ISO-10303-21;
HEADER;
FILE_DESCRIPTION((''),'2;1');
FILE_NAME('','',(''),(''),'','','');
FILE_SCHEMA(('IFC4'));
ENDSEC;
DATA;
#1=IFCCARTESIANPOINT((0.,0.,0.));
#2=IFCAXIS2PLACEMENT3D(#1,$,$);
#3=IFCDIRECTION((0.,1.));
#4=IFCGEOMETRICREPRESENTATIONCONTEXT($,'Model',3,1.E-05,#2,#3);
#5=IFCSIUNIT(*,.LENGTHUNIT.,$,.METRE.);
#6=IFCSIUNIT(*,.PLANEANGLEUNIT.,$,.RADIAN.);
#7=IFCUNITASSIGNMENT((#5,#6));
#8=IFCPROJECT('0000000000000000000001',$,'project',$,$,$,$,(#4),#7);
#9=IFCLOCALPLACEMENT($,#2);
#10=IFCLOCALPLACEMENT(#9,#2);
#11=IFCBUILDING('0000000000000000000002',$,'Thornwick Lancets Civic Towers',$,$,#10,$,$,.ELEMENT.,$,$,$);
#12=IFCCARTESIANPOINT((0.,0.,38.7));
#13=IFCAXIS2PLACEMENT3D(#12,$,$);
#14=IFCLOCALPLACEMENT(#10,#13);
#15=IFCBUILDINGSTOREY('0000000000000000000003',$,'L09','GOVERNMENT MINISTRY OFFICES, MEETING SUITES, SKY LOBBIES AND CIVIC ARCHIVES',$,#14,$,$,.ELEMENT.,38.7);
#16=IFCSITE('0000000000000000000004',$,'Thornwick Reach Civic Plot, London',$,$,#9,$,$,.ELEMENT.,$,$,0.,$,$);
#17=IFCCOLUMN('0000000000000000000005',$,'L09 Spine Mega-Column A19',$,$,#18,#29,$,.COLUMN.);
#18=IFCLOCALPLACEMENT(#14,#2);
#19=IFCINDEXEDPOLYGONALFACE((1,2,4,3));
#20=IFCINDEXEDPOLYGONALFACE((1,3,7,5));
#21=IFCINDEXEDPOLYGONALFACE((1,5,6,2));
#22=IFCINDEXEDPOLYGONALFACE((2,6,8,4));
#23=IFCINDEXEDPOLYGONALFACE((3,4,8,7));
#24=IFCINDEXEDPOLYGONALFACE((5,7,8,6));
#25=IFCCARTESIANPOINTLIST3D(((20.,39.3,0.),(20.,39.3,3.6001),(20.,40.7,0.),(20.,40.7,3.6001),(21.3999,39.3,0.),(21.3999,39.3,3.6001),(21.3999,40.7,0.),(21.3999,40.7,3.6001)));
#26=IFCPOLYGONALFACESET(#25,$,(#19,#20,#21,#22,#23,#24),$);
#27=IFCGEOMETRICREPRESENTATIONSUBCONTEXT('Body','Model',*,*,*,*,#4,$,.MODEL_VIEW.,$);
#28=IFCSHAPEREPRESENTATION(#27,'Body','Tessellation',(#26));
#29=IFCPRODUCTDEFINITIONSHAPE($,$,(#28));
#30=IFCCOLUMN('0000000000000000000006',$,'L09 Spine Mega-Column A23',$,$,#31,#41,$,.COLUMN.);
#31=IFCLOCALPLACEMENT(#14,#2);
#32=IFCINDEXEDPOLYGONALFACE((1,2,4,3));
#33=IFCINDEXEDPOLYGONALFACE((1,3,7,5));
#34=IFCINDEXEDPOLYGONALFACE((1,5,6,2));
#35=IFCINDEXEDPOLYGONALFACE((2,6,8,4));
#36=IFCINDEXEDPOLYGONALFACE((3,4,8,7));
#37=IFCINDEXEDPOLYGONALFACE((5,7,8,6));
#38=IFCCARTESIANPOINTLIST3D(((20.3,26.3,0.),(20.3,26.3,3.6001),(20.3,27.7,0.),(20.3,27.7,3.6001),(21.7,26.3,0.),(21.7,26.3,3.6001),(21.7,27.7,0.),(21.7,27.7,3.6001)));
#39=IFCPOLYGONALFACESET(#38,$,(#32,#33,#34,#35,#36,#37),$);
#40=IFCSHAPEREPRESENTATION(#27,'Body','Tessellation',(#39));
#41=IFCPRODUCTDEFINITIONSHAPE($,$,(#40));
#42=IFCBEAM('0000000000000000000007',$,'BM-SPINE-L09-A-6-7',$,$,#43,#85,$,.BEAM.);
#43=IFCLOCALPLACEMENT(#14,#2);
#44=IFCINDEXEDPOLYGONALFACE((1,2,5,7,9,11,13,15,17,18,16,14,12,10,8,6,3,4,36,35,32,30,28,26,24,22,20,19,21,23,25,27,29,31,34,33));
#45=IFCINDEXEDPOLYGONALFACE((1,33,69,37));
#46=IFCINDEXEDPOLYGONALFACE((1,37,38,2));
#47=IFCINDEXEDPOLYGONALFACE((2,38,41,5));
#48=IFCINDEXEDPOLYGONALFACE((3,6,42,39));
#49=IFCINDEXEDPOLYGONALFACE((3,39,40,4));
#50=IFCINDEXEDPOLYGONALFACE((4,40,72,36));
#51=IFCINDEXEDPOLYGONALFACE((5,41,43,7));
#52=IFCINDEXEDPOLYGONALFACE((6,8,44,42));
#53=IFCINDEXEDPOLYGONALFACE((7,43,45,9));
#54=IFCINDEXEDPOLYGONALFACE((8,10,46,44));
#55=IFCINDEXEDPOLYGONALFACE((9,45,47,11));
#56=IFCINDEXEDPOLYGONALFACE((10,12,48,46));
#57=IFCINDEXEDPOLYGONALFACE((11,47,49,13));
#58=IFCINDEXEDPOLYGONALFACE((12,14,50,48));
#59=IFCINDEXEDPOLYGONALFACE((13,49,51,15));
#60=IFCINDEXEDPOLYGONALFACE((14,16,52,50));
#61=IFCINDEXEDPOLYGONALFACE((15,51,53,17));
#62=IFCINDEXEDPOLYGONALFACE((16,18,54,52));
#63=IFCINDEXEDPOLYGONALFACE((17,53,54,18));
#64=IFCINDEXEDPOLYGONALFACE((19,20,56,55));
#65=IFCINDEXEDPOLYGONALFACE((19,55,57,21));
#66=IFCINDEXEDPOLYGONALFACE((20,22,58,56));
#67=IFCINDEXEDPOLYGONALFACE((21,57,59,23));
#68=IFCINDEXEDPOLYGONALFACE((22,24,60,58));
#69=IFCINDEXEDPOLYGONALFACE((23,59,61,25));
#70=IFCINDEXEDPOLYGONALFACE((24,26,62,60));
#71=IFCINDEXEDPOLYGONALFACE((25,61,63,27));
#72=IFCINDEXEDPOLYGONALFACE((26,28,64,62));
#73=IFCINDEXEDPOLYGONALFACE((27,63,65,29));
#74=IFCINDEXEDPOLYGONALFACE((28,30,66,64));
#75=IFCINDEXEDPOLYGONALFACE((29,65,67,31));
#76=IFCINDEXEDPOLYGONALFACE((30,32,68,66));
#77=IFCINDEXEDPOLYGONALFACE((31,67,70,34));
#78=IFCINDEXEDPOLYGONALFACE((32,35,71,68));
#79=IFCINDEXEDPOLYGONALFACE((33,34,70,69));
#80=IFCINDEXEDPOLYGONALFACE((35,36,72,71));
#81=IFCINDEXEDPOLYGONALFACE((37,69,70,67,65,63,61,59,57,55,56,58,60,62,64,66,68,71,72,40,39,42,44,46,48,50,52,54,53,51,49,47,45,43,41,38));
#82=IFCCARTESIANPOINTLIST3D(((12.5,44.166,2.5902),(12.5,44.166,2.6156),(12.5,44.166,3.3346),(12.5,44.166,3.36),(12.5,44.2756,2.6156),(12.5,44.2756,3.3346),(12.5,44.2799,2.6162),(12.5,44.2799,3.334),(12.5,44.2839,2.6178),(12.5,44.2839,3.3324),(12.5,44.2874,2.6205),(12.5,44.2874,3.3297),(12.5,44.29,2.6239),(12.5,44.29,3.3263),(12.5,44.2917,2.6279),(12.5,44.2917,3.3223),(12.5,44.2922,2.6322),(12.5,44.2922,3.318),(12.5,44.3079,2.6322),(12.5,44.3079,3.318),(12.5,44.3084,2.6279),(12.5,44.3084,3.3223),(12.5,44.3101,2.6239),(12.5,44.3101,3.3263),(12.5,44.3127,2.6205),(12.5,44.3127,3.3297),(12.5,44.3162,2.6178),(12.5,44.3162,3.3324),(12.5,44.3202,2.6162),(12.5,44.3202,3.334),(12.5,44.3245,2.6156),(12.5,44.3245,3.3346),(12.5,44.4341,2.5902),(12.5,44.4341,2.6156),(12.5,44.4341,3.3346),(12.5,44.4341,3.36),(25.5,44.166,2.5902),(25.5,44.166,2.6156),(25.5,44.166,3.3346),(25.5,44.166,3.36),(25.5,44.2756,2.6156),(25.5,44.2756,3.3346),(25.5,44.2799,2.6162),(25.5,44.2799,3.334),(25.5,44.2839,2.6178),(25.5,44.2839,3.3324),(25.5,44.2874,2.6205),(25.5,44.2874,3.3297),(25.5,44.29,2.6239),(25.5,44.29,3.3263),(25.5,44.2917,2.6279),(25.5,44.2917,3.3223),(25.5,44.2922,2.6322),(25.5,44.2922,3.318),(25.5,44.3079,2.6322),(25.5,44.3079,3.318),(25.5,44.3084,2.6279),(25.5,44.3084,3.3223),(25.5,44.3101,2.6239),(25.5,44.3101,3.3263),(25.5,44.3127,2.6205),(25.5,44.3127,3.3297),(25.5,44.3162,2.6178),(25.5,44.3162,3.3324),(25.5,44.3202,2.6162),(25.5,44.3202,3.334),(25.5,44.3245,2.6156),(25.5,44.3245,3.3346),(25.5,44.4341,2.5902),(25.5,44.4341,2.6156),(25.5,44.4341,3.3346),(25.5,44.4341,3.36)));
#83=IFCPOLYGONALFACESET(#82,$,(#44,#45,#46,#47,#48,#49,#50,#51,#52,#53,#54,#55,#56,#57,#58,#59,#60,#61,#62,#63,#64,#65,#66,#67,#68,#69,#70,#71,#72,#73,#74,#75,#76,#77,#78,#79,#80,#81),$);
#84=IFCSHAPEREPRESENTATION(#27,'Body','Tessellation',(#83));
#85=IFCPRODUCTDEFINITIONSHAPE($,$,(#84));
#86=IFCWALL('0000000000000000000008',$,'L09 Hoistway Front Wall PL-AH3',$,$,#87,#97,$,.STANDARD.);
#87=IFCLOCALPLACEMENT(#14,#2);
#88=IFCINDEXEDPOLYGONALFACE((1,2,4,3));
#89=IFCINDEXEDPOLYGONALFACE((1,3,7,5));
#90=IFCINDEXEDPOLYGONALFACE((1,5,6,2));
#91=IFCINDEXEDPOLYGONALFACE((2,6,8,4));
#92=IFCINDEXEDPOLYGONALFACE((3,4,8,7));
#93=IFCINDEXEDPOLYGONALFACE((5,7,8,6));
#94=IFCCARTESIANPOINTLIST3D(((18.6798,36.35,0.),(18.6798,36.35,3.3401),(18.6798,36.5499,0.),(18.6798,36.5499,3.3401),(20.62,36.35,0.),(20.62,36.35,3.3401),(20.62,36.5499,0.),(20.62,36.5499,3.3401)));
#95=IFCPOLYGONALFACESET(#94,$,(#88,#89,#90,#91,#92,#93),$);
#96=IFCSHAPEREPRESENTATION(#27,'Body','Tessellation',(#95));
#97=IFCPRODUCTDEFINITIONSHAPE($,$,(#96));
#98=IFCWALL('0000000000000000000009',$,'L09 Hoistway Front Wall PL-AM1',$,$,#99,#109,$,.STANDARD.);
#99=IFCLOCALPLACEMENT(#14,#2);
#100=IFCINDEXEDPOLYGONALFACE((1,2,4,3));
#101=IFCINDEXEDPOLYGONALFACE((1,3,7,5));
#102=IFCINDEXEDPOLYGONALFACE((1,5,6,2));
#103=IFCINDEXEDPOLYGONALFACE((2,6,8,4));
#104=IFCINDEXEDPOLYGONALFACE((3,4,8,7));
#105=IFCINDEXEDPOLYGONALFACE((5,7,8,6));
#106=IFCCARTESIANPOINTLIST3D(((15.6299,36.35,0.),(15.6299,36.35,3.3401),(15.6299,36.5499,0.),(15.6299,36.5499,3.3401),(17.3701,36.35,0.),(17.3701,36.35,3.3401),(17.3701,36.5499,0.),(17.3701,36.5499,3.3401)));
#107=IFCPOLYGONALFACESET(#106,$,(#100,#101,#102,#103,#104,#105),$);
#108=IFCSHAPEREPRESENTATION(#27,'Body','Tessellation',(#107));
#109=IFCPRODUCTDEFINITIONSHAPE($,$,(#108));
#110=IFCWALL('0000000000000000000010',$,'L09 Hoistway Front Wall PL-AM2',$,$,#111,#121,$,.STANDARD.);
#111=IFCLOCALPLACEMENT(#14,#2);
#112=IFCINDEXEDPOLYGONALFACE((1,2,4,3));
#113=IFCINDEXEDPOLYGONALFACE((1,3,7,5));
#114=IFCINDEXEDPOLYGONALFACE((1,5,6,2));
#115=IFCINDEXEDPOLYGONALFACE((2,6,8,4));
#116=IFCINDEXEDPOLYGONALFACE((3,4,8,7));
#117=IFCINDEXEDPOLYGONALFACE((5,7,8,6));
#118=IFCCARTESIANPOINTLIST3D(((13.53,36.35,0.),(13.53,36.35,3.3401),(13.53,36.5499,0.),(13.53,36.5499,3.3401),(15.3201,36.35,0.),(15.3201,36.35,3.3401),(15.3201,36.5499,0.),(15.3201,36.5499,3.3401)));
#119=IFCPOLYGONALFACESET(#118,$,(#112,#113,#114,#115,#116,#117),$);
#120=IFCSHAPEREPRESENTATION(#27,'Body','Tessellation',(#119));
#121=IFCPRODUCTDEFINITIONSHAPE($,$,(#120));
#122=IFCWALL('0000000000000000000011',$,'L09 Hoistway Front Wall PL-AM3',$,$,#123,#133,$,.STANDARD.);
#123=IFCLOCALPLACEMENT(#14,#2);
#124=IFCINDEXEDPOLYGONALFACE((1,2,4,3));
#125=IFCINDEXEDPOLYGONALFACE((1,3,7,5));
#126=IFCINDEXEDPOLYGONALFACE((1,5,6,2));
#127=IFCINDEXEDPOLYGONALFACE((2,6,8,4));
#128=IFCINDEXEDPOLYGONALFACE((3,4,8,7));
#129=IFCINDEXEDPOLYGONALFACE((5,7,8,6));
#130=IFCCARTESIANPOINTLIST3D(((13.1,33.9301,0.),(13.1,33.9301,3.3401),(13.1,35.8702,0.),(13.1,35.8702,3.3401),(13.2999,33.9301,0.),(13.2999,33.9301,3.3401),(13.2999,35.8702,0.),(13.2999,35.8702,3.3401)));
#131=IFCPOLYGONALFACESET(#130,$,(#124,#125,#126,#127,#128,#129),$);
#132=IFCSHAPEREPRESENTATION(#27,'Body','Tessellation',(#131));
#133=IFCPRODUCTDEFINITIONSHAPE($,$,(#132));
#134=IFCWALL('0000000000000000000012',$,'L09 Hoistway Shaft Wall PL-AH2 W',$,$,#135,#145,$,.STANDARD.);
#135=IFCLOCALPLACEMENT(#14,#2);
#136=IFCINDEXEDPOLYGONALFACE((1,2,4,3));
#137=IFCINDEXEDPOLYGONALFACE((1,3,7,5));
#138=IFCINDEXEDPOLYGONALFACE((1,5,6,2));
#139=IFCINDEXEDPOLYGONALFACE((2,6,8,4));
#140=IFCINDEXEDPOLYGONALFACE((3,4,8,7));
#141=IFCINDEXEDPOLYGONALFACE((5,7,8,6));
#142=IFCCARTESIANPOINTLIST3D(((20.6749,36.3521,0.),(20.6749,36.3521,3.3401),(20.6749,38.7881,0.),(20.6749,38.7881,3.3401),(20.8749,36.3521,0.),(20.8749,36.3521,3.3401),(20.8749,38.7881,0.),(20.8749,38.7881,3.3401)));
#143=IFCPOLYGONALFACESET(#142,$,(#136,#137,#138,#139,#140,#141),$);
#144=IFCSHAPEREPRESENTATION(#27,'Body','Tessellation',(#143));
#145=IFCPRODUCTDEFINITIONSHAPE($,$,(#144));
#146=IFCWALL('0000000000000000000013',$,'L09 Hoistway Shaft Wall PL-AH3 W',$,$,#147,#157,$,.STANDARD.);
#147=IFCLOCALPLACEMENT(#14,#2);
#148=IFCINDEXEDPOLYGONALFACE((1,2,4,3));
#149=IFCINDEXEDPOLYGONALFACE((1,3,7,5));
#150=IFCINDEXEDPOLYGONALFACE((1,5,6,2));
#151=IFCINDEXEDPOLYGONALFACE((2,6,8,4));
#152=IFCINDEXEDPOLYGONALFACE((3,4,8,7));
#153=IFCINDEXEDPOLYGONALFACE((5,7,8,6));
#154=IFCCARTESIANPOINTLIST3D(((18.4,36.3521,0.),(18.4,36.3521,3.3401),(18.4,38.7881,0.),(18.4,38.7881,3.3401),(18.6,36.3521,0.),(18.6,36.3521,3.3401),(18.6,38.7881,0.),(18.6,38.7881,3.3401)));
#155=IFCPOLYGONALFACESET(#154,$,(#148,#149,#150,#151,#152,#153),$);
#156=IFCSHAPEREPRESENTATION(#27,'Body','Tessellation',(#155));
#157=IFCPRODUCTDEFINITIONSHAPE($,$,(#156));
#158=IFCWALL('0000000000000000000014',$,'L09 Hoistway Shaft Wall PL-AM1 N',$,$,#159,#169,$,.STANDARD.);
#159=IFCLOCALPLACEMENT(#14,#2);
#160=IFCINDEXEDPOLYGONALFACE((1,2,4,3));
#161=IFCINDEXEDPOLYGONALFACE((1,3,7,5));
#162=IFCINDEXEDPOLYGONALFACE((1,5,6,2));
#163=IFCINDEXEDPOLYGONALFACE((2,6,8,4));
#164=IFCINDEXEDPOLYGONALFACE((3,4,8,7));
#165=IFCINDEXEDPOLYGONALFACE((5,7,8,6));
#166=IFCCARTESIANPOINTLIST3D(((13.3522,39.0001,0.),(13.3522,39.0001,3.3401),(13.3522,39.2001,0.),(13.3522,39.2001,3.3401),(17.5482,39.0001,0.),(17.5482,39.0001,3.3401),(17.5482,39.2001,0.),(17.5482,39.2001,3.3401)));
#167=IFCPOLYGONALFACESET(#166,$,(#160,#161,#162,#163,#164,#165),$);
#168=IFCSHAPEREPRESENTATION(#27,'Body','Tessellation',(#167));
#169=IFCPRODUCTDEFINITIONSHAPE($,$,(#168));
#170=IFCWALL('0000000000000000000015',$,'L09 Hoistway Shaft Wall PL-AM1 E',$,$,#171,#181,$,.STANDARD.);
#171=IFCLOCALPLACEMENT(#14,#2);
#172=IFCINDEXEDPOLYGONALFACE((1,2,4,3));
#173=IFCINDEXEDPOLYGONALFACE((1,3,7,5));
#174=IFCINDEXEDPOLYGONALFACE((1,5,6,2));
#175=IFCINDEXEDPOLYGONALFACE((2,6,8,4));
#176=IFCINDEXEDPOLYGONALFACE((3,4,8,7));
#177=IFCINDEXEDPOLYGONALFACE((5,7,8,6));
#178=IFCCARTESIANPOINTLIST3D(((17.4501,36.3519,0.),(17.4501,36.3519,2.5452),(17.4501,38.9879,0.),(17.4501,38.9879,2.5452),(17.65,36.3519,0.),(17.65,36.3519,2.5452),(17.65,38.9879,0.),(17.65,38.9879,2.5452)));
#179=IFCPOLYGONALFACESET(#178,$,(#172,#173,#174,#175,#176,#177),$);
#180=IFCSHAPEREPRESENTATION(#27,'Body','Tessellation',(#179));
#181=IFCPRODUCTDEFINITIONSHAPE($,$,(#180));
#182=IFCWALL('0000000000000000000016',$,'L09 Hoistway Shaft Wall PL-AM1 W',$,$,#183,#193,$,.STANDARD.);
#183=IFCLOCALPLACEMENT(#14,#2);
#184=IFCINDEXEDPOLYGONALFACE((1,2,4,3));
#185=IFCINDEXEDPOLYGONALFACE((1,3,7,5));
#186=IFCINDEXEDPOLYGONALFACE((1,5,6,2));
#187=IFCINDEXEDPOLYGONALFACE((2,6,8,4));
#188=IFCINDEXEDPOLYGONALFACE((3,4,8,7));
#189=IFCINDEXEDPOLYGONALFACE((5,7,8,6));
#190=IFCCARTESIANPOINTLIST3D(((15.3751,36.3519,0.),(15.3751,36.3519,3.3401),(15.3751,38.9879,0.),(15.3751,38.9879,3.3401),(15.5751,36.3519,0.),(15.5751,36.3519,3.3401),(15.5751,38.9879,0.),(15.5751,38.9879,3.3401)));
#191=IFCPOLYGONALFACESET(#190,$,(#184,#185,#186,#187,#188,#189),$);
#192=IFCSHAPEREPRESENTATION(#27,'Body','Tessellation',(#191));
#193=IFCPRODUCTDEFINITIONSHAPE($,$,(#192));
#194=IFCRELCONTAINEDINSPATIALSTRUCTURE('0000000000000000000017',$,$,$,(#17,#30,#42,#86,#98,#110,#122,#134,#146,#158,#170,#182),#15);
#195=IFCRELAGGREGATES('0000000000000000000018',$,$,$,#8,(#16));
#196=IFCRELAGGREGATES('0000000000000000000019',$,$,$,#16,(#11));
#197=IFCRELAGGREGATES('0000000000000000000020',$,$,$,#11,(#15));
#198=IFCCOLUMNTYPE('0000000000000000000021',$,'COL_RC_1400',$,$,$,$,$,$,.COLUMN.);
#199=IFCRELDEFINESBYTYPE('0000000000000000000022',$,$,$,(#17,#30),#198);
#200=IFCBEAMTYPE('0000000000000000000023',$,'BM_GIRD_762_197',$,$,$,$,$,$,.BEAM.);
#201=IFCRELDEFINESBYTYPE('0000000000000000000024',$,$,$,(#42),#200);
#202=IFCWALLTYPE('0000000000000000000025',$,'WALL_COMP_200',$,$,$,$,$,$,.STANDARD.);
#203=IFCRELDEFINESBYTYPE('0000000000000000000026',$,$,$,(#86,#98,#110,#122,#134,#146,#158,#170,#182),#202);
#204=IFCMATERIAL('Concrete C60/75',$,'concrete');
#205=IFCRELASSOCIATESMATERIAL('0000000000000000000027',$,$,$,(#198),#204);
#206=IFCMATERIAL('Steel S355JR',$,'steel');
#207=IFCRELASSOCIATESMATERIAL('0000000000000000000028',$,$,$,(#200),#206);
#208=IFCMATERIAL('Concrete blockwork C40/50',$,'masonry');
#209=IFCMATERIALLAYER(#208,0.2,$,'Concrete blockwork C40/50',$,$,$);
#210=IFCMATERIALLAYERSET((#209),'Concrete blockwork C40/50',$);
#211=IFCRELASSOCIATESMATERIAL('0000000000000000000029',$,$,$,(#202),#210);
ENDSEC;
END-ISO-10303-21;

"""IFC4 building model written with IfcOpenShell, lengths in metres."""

from ifc_helpers import new_model, si_unit, direction, frame, frame_2d, origin, origin_2d, place, context, subcontext, project, spatial, rectangle, i_section, extrude, material, layer, layer_set, material_profile, profile_set, type_object, element, save


model = new_model("IFC4")

# Units and contexts
model_context = context("Model", 3, precision=1e-05, world=origin(), true_north=direction((0.0, 1.0)))
body_context = subcontext(model_context, "Body", "Model", "MODEL_VIEW")
ifc_project = project(units=[si_unit("LENGTHUNIT", "METRE"), si_unit("PLANEANGLEUNIT", "RADIAN")], contexts=[model_context])

# Site, building, storey
site_placement = place(None, origin())
site = spatial("IfcSite", under=ifc_project, at=site_placement, Name="Thornwick Reach Civic Plot, London", CompositionType="ELEMENT", RefElevation=0.0)
building_placement = place(site_placement, origin())
building = spatial("IfcBuilding", under=site, at=building_placement, Name="Thornwick Lancets Civic Towers", CompositionType="ELEMENT")
storey_placement = place(building_placement, frame((0.0, 0.0, 38.7)))
storey = spatial("IfcBuildingStorey", under=building, at=storey_placement, Name="L09", Description="GOVERNMENT MINISTRY OFFICES, MEETING SUITES, SKY LOBBIES AND CIVIC ARCHIVES", CompositionType="ELEMENT", Elevation=38.7)

# Columns
ifc_material_1 = material(Name="Concrete C60/75", Category="concrete")
ifc_material_profile_1 = material_profile(ifc_material_1, rectangle(XDim=1.3999, YDim=1.3999, at=origin_2d()), Name="RC 1400x1400")
ifc_profile_set_1 = profile_set([ifc_material_profile_1], Name="Concrete C60/75")
column_type = type_object("IfcColumnType", Name="COL_RC_1400", PredefinedType="COLUMN", material=ifc_profile_set_1)
for number, where, z_axis, x_axis, name in (
    (1, (20.7, 40.0, 0.0), (0.0, 0.0, 1.0), (1.0, 0.0, 0.0), "L09 Spine Mega-Column A19"),
    (2, (21.0, 27.0, 0.0), (0.0, 0.0, 1.0), (1.0, 0.0, 0.0), "L09 Spine Mega-Column A23"),
):
    element("IfcColumn", number, at=place(storey_placement, frame(where, z_axis=z_axis, x_axis=x_axis)), inside=storey, type_object=column_type, Name=name, PredefinedType="COLUMN", context=body_context, shape_type="SweptSolid", body=[
        extrude(rectangle(XDim=1.3999, YDim=1.3999, at=origin_2d()), origin(), (0.0, 0.0, 1.0), 3.6001),
    ])

# Beam
ifc_material_2 = material(Name="Steel S355JR", Category="steel")
ifc_material_profile_2 = material_profile(ifc_material_2, i_section(OverallWidth=0.2681, OverallDepth=0.7698, WebThickness=0.0156, FlangeThickness=0.0254, FilletRadius=0.0166, at=origin_2d()), Name="UKB 762x267x197")
ifc_profile_set_2 = profile_set([ifc_material_profile_2], Name="Steel S355JR")
beam_type = type_object("IfcBeamType", Name="BM_GIRD_762_197", PredefinedType="BEAM", material=ifc_profile_set_2)
beam_placement = place(storey_placement, frame((12.5, 44.3, 2.9751), z_axis=(1.0, 0.0, 0.0), x_axis=(0.0, 1.0, 0.0)))
element("IfcBeam", 3, at=beam_placement, inside=storey, type_object=beam_type, Name="BM-SPINE-L09-A-6-7", PredefinedType="BEAM", context=body_context, shape_type="SweptSolid", body=[
    extrude(i_section(OverallWidth=0.2681, OverallDepth=0.7698, WebThickness=0.0156, FlangeThickness=0.0254, FilletRadius=0.0166, at=origin_2d()), origin(), (0.0, 0.0, 1.0), 13.0),
])

# Walls
ifc_material_3 = material(Name="Concrete blockwork C40/50", Category="masonry")
ifc_layer_1 = layer(ifc_material_3, 0.2, Name="Concrete blockwork C40/50")
ifc_layer_set_1 = layer_set([ifc_layer_1], Name="Concrete blockwork C40/50")
wall_type_1 = type_object("IfcWallType", Name="WALL_COMP_200", PredefinedType="STANDARD", material=ifc_layer_set_1)
wall_1_placement = place(storey_placement, frame((20.6201, 36.45, 0.0), z_axis=(0.0, 0.0, 1.0), x_axis=(-1.0, 0.0, 0.0)))
element("IfcWall", 4, at=wall_1_placement, inside=storey, type_object=wall_type_1, Name="L09 Hoistway Front Wall PL-AH3", PredefinedType="STANDARD", context=body_context, shape_type="SweptSolid", body=[
    extrude(rectangle(XDim=1.9402, YDim=0.2, at=frame_2d((0.9702, 0.0))), origin(), (0.0, 0.0, 1.0), 3.3401),
])
wall_2_placement = place(storey_placement, frame((17.3701, 36.45, 0.0), z_axis=(0.0, 0.0, 1.0), x_axis=(-1.0, 0.0, 0.0)))
element("IfcWall", 5, at=wall_2_placement, inside=storey, type_object=wall_type_1, Name="L09 Hoistway Front Wall PL-AM1", PredefinedType="STANDARD", context=body_context, shape_type="SweptSolid", body=[
    extrude(rectangle(XDim=1.7402, YDim=0.2, at=frame_2d((0.8701, 0.0))), origin(), (0.0, 0.0, 1.0), 3.3401),
])
wall_3_placement = place(storey_placement, frame((15.3201, 36.45, 0.0), z_axis=(0.0, 0.0, 1.0), x_axis=(-1.0, 0.0, 0.0)))
element("IfcWall", 6, at=wall_3_placement, inside=storey, type_object=wall_type_1, Name="L09 Hoistway Front Wall PL-AM2", PredefinedType="STANDARD", context=body_context, shape_type="SweptSolid", body=[
    extrude(rectangle(XDim=1.79, YDim=0.2, at=frame_2d((0.895, 0.0))), origin(), (0.0, 0.0, 1.0), 3.3401),
])
wall_4_placement = place(storey_placement, frame((13.2, 33.9299, 0.0), z_axis=(0.0, 0.0, 1.0), x_axis=(0.0, 1.0, 0.0)))
element("IfcWall", 7, at=wall_4_placement, inside=storey, type_object=wall_type_1, Name="L09 Hoistway Front Wall PL-AM3", PredefinedType="STANDARD", context=body_context, shape_type="SweptSolid", body=[
    extrude(rectangle(XDim=1.9402, YDim=0.2, at=frame_2d((0.9702, 0.0))), origin(), (0.0, 0.0, 1.0), 3.3401),
])
for number, where, z_axis, x_axis, name in (
    (8, (20.7749, 36.3521, 0.0), (0.0, 0.0, 1.0), (0.0, 1.0, 0.0), "L09 Hoistway Shaft Wall PL-AH2 W"),
    (9, (18.5, 36.3521, 0.0), (0.0, 0.0, 1.0), (0.0, 1.0, 0.0), "L09 Hoistway Shaft Wall PL-AH3 W"),
):
    element("IfcWall", number, at=place(storey_placement, frame(where, z_axis=z_axis, x_axis=x_axis)), inside=storey, type_object=wall_type_1, Name=name, PredefinedType="STANDARD", context=body_context, shape_type="SweptSolid", body=[
        extrude(rectangle(XDim=2.436, YDim=0.2, at=frame_2d((1.218, 0.0))), origin(), (0.0, 0.0, 1.0), 3.3401),
    ])
wall_5_placement = place(storey_placement, frame((13.3521, 39.1001, 0.0), z_axis=(0.0, 0.0, 1.0), x_axis=(1.0, 0.0, 0.0)))
element("IfcWall", 10, at=wall_5_placement, inside=storey, type_object=wall_type_1, Name="L09 Hoistway Shaft Wall PL-AM1 N", PredefinedType="STANDARD", context=body_context, shape_type="SweptSolid", body=[
    extrude(rectangle(XDim=4.196, YDim=0.2, at=frame_2d((2.0981, 0.0))), origin(), (0.0, 0.0, 1.0), 3.3401),
])
wall_6_placement = place(storey_placement, frame((17.55, 36.3521, 0.0), z_axis=(0.0, 0.0, 1.0), x_axis=(0.0, 1.0, 0.0)))
element("IfcWall", 11, at=wall_6_placement, inside=storey, type_object=wall_type_1, Name="L09 Hoistway Shaft Wall PL-AM1 E", PredefinedType="STANDARD", context=body_context, shape_type="SweptSolid", body=[
    extrude(rectangle(XDim=2.636, YDim=0.2, at=frame_2d((1.3179, 0.0))), origin(), (0.0, 0.0, 1.0), 2.5452),
])
for number, where, z_axis, x_axis, name in (
    (12, (15.4751, 36.3521, 0.0), (0.0, 0.0, 1.0), (0.0, 1.0, 0.0), "L09 Hoistway Shaft Wall PL-AM1 W"),
):
    element("IfcWall", number, at=place(storey_placement, frame(where, z_axis=z_axis, x_axis=x_axis)), inside=storey, type_object=wall_type_1, Name=name, PredefinedType="STANDARD", context=body_context, shape_type="SweptSolid", body=[
        extrude(rectangle(XDim=2.636, YDim=0.2, at=frame_2d((1.3179, 0.0))), origin(), (0.0, 0.0, 1.0), 3.3401),
    ])

save(model, "model.ifc")
